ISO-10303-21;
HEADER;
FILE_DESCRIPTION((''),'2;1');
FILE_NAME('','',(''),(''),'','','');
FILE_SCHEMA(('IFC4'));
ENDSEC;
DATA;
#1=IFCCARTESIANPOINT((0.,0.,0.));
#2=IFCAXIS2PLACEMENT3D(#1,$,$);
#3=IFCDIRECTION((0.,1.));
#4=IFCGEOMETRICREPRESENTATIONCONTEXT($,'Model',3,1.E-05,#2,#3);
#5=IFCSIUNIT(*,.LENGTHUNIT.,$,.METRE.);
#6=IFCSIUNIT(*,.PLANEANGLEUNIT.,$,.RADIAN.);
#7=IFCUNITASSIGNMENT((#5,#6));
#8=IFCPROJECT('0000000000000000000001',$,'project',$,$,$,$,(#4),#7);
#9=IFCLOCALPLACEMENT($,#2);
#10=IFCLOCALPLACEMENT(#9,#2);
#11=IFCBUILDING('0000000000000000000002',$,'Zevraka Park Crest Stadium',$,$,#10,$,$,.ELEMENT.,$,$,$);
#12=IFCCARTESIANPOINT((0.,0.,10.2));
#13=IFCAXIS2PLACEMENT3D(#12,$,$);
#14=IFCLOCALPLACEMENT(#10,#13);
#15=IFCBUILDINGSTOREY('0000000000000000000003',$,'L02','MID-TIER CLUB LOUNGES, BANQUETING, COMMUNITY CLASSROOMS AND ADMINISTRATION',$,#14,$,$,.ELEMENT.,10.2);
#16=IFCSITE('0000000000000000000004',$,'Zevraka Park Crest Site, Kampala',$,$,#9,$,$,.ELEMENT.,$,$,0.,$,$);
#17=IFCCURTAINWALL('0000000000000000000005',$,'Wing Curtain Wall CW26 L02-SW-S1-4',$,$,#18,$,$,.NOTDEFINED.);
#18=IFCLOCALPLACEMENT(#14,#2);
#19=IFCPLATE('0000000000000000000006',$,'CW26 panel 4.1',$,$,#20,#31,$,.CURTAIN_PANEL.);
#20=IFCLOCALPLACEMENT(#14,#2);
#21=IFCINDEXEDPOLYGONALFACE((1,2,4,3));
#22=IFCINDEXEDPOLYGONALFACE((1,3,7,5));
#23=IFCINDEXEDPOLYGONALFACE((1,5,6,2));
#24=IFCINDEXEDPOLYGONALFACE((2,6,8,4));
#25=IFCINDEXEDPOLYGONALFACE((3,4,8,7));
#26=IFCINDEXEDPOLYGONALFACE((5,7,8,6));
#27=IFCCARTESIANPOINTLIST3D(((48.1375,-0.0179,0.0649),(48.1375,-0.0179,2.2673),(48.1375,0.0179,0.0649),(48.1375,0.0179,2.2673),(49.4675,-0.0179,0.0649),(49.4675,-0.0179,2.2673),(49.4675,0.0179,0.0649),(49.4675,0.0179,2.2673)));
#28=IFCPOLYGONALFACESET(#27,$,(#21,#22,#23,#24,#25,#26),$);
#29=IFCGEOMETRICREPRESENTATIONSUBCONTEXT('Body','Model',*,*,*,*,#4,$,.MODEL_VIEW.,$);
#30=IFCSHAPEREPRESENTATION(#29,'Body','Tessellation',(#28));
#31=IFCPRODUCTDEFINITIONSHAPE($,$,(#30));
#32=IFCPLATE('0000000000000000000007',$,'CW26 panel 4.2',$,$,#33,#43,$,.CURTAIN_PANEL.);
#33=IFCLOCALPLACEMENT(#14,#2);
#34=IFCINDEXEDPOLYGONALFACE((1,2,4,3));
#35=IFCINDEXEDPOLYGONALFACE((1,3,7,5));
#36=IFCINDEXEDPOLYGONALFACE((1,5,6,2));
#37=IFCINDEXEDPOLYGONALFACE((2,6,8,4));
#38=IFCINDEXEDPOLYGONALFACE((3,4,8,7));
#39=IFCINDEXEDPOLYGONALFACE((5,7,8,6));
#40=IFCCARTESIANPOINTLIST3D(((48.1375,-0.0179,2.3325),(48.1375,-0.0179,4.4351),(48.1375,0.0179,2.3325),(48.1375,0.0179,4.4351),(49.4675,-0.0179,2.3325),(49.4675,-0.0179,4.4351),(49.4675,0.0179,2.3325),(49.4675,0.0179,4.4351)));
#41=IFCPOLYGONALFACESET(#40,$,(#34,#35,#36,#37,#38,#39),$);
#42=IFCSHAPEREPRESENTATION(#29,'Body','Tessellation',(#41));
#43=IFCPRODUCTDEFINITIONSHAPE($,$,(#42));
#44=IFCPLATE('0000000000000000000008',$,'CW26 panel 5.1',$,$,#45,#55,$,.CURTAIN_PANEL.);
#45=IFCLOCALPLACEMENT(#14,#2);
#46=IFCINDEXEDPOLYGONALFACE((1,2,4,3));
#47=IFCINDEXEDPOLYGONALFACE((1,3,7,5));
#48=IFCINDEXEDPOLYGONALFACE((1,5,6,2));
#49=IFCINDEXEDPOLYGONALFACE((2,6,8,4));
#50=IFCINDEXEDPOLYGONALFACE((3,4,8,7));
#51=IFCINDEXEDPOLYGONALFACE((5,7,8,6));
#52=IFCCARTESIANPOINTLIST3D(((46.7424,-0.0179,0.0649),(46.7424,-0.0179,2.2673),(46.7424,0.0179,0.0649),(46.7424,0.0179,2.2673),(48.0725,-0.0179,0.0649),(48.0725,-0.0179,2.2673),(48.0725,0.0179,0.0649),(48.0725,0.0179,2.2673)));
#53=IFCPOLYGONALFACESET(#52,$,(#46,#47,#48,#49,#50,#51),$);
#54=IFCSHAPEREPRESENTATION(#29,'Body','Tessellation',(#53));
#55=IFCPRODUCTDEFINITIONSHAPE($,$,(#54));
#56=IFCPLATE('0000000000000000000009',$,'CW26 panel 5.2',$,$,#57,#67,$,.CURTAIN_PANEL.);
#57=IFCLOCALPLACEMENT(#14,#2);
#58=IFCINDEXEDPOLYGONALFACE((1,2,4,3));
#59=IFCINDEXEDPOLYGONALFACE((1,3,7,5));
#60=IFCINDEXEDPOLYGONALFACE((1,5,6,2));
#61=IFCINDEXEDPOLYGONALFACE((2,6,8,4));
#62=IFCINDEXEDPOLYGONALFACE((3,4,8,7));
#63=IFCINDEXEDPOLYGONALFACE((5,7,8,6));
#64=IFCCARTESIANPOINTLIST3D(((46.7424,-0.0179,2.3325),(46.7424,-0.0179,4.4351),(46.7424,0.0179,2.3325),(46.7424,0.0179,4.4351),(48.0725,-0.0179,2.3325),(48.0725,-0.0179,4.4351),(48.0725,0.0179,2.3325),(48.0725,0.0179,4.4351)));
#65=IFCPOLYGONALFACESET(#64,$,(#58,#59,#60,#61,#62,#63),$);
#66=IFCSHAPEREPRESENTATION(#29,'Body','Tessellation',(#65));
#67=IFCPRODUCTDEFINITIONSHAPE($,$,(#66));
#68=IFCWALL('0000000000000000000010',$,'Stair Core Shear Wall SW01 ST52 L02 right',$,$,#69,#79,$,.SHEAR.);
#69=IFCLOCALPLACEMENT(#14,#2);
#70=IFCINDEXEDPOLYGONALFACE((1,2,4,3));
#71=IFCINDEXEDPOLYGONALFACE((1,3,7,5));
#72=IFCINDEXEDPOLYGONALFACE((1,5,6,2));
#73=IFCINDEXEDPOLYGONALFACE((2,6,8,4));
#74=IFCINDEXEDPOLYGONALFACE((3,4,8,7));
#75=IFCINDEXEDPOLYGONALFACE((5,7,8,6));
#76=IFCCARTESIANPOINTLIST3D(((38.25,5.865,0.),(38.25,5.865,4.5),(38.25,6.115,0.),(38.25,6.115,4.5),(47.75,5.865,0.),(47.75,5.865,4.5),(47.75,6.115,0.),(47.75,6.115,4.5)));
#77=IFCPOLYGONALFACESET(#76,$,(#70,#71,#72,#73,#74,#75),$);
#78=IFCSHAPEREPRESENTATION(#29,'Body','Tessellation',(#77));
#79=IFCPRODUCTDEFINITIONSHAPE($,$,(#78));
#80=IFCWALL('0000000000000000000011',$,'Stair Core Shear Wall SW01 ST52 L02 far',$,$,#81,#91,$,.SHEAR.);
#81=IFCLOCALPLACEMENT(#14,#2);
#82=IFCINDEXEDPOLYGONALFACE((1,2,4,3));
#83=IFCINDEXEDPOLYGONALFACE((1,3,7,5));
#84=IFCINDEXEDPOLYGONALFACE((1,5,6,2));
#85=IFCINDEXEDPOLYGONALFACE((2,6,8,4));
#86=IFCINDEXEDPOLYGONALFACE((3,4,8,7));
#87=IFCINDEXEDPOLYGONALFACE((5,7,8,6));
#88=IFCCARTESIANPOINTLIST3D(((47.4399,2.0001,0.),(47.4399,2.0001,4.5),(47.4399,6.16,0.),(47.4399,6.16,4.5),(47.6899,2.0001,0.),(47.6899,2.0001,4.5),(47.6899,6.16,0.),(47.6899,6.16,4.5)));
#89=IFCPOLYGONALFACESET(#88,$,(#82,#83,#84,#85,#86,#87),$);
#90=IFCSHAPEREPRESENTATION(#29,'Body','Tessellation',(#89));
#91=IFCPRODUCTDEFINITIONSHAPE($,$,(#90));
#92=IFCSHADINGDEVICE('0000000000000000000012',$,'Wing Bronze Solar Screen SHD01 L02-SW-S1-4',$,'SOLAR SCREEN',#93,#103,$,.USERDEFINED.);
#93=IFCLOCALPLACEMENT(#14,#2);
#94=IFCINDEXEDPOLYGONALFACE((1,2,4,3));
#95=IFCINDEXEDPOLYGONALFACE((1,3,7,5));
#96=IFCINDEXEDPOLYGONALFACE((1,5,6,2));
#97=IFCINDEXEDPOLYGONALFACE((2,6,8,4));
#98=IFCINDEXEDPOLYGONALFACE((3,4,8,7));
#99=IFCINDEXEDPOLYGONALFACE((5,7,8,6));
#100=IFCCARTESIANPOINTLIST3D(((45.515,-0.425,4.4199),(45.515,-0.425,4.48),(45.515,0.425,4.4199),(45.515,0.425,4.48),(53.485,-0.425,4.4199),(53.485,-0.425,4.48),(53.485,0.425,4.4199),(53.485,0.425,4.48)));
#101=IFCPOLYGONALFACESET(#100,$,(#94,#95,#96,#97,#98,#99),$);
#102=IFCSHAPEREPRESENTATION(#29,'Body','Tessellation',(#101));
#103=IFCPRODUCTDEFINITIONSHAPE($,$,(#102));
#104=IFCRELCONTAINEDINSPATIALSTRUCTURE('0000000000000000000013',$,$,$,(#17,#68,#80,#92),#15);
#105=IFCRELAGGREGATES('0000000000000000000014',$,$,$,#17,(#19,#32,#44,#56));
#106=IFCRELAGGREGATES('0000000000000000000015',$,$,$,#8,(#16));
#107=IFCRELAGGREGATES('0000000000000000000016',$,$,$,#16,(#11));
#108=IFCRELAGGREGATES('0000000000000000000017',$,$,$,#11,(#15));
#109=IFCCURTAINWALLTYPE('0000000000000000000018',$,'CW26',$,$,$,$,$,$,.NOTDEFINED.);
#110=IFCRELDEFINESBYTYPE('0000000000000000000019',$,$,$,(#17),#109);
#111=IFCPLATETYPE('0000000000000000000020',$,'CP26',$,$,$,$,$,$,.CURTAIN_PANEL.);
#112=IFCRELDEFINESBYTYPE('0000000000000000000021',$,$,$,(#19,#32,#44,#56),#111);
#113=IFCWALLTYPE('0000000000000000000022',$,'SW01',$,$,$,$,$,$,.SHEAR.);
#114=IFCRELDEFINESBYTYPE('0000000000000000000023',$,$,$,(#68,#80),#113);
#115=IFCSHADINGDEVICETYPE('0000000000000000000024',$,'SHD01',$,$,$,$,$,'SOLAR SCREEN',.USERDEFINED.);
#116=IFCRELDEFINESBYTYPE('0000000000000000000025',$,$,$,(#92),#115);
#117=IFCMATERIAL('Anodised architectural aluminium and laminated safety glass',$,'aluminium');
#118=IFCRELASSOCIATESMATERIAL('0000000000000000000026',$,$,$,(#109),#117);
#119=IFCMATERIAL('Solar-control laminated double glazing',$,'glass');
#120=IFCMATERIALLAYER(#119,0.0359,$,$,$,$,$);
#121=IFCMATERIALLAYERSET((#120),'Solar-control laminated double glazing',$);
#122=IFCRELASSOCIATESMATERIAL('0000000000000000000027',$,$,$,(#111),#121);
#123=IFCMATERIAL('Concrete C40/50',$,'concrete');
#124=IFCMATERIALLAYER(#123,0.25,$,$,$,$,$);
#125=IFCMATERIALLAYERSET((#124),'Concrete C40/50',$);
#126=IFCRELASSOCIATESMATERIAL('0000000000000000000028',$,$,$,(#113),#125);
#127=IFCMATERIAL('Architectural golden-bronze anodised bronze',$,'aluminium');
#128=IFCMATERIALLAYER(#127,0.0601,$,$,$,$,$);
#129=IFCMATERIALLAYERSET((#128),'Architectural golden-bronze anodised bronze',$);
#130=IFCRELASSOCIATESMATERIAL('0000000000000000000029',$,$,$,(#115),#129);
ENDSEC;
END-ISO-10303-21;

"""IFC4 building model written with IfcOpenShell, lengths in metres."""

from ifc_helpers import new_model, si_unit, direction, frame, frame_2d, origin, origin_2d, place, context, subcontext, project, spatial, rectangle, extrude, material, layer, layer_set, type_object, element, aggregate, save


model = new_model("IFC4")

# Units and contexts
model_context = context("Model", 3, precision=1e-05, world=origin(), true_north=direction((0.0, 1.0)))
body_context = subcontext(model_context, "Body", "Model", "MODEL_VIEW")
ifc_project = project(units=[si_unit("LENGTHUNIT", "METRE"), si_unit("PLANEANGLEUNIT", "RADIAN")], contexts=[model_context])

# Site, building, storey
site_placement = place(None, origin())
site = spatial("IfcSite", under=ifc_project, at=site_placement, Name="Zevraka Park Crest Site, Kampala", CompositionType="ELEMENT", RefElevation=0.0)
building_placement = place(site_placement, origin())
building = spatial("IfcBuilding", under=site, at=building_placement, Name="Zevraka Park Crest Stadium", CompositionType="ELEMENT")
storey_placement = place(building_placement, frame((0.0, 0.0, 10.2)))
storey = spatial("IfcBuildingStorey", under=building, at=storey_placement, Name="L02", Description="MID-TIER CLUB LOUNGES, BANQUETING, COMMUNITY CLASSROOMS AND ADMINISTRATION", CompositionType="ELEMENT", Elevation=10.2)

# Curtain wall, plates
ifc_material_1 = material(Name="Anodised architectural aluminium and laminated safety glass", Category="aluminium")
curtain_wall_type = type_object("IfcCurtainWallType", Name="CW26", PredefinedType="NOTDEFINED", material=ifc_material_1)
curtain_wall_placement = place(storey_placement, origin())
curtain_wall = element("IfcCurtainWall", 1, at=curtain_wall_placement, inside=storey, type_object=curtain_wall_type, Name="Wing Curtain Wall CW26 L02-SW-S1-4", PredefinedType="NOTDEFINED")
ifc_material_2 = material(Name="Solar-control laminated double glazing", Category="glass")
ifc_layer_1 = layer(ifc_material_2, 0.0359)
ifc_layer_set_1 = layer_set([ifc_layer_1], Name="Solar-control laminated double glazing")
plate_type = type_object("IfcPlateType", Name="CP26", PredefinedType="CURTAIN_PANEL", material=ifc_layer_set_1)
plate_1_placement = place(storey_placement, frame((48.8025, 0.0, 0.0649), z_axis=(0.0, 0.0, 1.0), x_axis=(-1.0, 0.0, 0.0)))
plate_1 = element("IfcPlate", 2, at=plate_1_placement, type_object=plate_type, Name="CW26 panel 4.1", PredefinedType="CURTAIN_PANEL", context=body_context, shape_type="SweptSolid", body=[
    extrude(rectangle(XDim=1.3301, YDim=0.0359, at=origin_2d()), origin(), (0.0, 0.0, 1.0), 2.2024),
])
plate_2_placement = place(storey_placement, frame((48.8025, 0.0, 2.3325), z_axis=(0.0, 0.0, 1.0), x_axis=(-1.0, 0.0, 0.0)))
plate_2 = element("IfcPlate", 3, at=plate_2_placement, type_object=plate_type, Name="CW26 panel 4.2", PredefinedType="CURTAIN_PANEL", context=body_context, shape_type="SweptSolid", body=[
    extrude(rectangle(XDim=1.3301, YDim=0.0359, at=origin_2d()), origin(), (0.0, 0.0, 1.0), 2.1025),
])
plate_3_placement = place(storey_placement, frame((47.4075, 0.0, 0.0649), z_axis=(0.0, 0.0, 1.0), x_axis=(-1.0, 0.0, 0.0)))
plate_3 = element("IfcPlate", 4, at=plate_3_placement, type_object=plate_type, Name="CW26 panel 5.1", PredefinedType="CURTAIN_PANEL", context=body_context, shape_type="SweptSolid", body=[
    extrude(rectangle(XDim=1.3301, YDim=0.0359, at=origin_2d()), origin(), (0.0, 0.0, 1.0), 2.2024),
])
plate_4_placement = place(storey_placement, frame((47.4075, 0.0, 2.3325), z_axis=(0.0, 0.0, 1.0), x_axis=(-1.0, 0.0, 0.0)))
plate_4 = element("IfcPlate", 5, at=plate_4_placement, type_object=plate_type, Name="CW26 panel 5.2", PredefinedType="CURTAIN_PANEL", context=body_context, shape_type="SweptSolid", body=[
    extrude(rectangle(XDim=1.3301, YDim=0.0359, at=origin_2d()), origin(), (0.0, 0.0, 1.0), 2.1025),
])
aggregate(curtain_wall, [plate_1, plate_2, plate_3, plate_4])

# Walls
ifc_material_3 = material(Name="Concrete C40/50", Category="concrete")
ifc_layer_2 = layer(ifc_material_3, 0.25)
ifc_layer_set_2 = layer_set([ifc_layer_2], Name="Concrete C40/50")
wall_type = type_object("IfcWallType", Name="SW01", PredefinedType="SHEAR", material=ifc_layer_set_2)
wall_1_placement = place(storey_placement, frame((47.75, 5.99, 0.0), z_axis=(0.0, 0.0, 1.0), x_axis=(-1.0, 0.0, 0.0)))
element("IfcWall", 6, at=wall_1_placement, inside=storey, type_object=wall_type, Name="Stair Core Shear Wall SW01 ST52 L02 right", PredefinedType="SHEAR", context=body_context, shape_type="SweptSolid", body=[
    extrude(rectangle(XDim=9.5, YDim=0.25, at=frame_2d((4.75, 0.0))), origin(), (0.0, 0.0, 1.0), 4.5),
])
wall_2_placement = place(storey_placement, frame((47.5649, 2.0, 0.0), z_axis=(0.0, 0.0, 1.0), x_axis=(0.0, 1.0, 0.0)))
element("IfcWall", 7, at=wall_2_placement, inside=storey, type_object=wall_type, Name="Stair Core Shear Wall SW01 ST52 L02 far", PredefinedType="SHEAR", context=body_context, shape_type="SweptSolid", body=[
    extrude(rectangle(XDim=4.1599, YDim=0.25, at=frame_2d((2.0801, 0.0))), origin(), (0.0, 0.0, 1.0), 4.5),
])

# Shading device
ifc_material_4 = material(Name="Architectural golden-bronze anodised bronze", Category="aluminium")
ifc_layer_3 = layer(ifc_material_4, 0.0601)
ifc_layer_set_3 = layer_set([ifc_layer_3], Name="Architectural golden-bronze anodised bronze")
shading_device_type = type_object("IfcShadingDeviceType", Name="SHD01", ElementType="SOLAR SCREEN", PredefinedType="USERDEFINED", material=ifc_layer_set_3)
shading_device_placement = place(storey_placement, frame((49.5, 0.0, 4.4199), z_axis=(0.0, 0.0, 1.0), x_axis=(-1.0, 0.0, 0.0)))
element("IfcShadingDevice", 8, at=shading_device_placement, inside=storey, type_object=shading_device_type, Name="Wing Bronze Solar Screen SHD01 L02-SW-S1-4", ObjectType="SOLAR SCREEN", PredefinedType="USERDEFINED", context=body_context, shape_type="SweptSolid", body=[
    extrude(rectangle(XDim=7.97, YDim=0.8501, at=origin_2d()), origin(), (0.0, 0.0, 1.0), 0.0601),
])

save(model, "model.ifc")
